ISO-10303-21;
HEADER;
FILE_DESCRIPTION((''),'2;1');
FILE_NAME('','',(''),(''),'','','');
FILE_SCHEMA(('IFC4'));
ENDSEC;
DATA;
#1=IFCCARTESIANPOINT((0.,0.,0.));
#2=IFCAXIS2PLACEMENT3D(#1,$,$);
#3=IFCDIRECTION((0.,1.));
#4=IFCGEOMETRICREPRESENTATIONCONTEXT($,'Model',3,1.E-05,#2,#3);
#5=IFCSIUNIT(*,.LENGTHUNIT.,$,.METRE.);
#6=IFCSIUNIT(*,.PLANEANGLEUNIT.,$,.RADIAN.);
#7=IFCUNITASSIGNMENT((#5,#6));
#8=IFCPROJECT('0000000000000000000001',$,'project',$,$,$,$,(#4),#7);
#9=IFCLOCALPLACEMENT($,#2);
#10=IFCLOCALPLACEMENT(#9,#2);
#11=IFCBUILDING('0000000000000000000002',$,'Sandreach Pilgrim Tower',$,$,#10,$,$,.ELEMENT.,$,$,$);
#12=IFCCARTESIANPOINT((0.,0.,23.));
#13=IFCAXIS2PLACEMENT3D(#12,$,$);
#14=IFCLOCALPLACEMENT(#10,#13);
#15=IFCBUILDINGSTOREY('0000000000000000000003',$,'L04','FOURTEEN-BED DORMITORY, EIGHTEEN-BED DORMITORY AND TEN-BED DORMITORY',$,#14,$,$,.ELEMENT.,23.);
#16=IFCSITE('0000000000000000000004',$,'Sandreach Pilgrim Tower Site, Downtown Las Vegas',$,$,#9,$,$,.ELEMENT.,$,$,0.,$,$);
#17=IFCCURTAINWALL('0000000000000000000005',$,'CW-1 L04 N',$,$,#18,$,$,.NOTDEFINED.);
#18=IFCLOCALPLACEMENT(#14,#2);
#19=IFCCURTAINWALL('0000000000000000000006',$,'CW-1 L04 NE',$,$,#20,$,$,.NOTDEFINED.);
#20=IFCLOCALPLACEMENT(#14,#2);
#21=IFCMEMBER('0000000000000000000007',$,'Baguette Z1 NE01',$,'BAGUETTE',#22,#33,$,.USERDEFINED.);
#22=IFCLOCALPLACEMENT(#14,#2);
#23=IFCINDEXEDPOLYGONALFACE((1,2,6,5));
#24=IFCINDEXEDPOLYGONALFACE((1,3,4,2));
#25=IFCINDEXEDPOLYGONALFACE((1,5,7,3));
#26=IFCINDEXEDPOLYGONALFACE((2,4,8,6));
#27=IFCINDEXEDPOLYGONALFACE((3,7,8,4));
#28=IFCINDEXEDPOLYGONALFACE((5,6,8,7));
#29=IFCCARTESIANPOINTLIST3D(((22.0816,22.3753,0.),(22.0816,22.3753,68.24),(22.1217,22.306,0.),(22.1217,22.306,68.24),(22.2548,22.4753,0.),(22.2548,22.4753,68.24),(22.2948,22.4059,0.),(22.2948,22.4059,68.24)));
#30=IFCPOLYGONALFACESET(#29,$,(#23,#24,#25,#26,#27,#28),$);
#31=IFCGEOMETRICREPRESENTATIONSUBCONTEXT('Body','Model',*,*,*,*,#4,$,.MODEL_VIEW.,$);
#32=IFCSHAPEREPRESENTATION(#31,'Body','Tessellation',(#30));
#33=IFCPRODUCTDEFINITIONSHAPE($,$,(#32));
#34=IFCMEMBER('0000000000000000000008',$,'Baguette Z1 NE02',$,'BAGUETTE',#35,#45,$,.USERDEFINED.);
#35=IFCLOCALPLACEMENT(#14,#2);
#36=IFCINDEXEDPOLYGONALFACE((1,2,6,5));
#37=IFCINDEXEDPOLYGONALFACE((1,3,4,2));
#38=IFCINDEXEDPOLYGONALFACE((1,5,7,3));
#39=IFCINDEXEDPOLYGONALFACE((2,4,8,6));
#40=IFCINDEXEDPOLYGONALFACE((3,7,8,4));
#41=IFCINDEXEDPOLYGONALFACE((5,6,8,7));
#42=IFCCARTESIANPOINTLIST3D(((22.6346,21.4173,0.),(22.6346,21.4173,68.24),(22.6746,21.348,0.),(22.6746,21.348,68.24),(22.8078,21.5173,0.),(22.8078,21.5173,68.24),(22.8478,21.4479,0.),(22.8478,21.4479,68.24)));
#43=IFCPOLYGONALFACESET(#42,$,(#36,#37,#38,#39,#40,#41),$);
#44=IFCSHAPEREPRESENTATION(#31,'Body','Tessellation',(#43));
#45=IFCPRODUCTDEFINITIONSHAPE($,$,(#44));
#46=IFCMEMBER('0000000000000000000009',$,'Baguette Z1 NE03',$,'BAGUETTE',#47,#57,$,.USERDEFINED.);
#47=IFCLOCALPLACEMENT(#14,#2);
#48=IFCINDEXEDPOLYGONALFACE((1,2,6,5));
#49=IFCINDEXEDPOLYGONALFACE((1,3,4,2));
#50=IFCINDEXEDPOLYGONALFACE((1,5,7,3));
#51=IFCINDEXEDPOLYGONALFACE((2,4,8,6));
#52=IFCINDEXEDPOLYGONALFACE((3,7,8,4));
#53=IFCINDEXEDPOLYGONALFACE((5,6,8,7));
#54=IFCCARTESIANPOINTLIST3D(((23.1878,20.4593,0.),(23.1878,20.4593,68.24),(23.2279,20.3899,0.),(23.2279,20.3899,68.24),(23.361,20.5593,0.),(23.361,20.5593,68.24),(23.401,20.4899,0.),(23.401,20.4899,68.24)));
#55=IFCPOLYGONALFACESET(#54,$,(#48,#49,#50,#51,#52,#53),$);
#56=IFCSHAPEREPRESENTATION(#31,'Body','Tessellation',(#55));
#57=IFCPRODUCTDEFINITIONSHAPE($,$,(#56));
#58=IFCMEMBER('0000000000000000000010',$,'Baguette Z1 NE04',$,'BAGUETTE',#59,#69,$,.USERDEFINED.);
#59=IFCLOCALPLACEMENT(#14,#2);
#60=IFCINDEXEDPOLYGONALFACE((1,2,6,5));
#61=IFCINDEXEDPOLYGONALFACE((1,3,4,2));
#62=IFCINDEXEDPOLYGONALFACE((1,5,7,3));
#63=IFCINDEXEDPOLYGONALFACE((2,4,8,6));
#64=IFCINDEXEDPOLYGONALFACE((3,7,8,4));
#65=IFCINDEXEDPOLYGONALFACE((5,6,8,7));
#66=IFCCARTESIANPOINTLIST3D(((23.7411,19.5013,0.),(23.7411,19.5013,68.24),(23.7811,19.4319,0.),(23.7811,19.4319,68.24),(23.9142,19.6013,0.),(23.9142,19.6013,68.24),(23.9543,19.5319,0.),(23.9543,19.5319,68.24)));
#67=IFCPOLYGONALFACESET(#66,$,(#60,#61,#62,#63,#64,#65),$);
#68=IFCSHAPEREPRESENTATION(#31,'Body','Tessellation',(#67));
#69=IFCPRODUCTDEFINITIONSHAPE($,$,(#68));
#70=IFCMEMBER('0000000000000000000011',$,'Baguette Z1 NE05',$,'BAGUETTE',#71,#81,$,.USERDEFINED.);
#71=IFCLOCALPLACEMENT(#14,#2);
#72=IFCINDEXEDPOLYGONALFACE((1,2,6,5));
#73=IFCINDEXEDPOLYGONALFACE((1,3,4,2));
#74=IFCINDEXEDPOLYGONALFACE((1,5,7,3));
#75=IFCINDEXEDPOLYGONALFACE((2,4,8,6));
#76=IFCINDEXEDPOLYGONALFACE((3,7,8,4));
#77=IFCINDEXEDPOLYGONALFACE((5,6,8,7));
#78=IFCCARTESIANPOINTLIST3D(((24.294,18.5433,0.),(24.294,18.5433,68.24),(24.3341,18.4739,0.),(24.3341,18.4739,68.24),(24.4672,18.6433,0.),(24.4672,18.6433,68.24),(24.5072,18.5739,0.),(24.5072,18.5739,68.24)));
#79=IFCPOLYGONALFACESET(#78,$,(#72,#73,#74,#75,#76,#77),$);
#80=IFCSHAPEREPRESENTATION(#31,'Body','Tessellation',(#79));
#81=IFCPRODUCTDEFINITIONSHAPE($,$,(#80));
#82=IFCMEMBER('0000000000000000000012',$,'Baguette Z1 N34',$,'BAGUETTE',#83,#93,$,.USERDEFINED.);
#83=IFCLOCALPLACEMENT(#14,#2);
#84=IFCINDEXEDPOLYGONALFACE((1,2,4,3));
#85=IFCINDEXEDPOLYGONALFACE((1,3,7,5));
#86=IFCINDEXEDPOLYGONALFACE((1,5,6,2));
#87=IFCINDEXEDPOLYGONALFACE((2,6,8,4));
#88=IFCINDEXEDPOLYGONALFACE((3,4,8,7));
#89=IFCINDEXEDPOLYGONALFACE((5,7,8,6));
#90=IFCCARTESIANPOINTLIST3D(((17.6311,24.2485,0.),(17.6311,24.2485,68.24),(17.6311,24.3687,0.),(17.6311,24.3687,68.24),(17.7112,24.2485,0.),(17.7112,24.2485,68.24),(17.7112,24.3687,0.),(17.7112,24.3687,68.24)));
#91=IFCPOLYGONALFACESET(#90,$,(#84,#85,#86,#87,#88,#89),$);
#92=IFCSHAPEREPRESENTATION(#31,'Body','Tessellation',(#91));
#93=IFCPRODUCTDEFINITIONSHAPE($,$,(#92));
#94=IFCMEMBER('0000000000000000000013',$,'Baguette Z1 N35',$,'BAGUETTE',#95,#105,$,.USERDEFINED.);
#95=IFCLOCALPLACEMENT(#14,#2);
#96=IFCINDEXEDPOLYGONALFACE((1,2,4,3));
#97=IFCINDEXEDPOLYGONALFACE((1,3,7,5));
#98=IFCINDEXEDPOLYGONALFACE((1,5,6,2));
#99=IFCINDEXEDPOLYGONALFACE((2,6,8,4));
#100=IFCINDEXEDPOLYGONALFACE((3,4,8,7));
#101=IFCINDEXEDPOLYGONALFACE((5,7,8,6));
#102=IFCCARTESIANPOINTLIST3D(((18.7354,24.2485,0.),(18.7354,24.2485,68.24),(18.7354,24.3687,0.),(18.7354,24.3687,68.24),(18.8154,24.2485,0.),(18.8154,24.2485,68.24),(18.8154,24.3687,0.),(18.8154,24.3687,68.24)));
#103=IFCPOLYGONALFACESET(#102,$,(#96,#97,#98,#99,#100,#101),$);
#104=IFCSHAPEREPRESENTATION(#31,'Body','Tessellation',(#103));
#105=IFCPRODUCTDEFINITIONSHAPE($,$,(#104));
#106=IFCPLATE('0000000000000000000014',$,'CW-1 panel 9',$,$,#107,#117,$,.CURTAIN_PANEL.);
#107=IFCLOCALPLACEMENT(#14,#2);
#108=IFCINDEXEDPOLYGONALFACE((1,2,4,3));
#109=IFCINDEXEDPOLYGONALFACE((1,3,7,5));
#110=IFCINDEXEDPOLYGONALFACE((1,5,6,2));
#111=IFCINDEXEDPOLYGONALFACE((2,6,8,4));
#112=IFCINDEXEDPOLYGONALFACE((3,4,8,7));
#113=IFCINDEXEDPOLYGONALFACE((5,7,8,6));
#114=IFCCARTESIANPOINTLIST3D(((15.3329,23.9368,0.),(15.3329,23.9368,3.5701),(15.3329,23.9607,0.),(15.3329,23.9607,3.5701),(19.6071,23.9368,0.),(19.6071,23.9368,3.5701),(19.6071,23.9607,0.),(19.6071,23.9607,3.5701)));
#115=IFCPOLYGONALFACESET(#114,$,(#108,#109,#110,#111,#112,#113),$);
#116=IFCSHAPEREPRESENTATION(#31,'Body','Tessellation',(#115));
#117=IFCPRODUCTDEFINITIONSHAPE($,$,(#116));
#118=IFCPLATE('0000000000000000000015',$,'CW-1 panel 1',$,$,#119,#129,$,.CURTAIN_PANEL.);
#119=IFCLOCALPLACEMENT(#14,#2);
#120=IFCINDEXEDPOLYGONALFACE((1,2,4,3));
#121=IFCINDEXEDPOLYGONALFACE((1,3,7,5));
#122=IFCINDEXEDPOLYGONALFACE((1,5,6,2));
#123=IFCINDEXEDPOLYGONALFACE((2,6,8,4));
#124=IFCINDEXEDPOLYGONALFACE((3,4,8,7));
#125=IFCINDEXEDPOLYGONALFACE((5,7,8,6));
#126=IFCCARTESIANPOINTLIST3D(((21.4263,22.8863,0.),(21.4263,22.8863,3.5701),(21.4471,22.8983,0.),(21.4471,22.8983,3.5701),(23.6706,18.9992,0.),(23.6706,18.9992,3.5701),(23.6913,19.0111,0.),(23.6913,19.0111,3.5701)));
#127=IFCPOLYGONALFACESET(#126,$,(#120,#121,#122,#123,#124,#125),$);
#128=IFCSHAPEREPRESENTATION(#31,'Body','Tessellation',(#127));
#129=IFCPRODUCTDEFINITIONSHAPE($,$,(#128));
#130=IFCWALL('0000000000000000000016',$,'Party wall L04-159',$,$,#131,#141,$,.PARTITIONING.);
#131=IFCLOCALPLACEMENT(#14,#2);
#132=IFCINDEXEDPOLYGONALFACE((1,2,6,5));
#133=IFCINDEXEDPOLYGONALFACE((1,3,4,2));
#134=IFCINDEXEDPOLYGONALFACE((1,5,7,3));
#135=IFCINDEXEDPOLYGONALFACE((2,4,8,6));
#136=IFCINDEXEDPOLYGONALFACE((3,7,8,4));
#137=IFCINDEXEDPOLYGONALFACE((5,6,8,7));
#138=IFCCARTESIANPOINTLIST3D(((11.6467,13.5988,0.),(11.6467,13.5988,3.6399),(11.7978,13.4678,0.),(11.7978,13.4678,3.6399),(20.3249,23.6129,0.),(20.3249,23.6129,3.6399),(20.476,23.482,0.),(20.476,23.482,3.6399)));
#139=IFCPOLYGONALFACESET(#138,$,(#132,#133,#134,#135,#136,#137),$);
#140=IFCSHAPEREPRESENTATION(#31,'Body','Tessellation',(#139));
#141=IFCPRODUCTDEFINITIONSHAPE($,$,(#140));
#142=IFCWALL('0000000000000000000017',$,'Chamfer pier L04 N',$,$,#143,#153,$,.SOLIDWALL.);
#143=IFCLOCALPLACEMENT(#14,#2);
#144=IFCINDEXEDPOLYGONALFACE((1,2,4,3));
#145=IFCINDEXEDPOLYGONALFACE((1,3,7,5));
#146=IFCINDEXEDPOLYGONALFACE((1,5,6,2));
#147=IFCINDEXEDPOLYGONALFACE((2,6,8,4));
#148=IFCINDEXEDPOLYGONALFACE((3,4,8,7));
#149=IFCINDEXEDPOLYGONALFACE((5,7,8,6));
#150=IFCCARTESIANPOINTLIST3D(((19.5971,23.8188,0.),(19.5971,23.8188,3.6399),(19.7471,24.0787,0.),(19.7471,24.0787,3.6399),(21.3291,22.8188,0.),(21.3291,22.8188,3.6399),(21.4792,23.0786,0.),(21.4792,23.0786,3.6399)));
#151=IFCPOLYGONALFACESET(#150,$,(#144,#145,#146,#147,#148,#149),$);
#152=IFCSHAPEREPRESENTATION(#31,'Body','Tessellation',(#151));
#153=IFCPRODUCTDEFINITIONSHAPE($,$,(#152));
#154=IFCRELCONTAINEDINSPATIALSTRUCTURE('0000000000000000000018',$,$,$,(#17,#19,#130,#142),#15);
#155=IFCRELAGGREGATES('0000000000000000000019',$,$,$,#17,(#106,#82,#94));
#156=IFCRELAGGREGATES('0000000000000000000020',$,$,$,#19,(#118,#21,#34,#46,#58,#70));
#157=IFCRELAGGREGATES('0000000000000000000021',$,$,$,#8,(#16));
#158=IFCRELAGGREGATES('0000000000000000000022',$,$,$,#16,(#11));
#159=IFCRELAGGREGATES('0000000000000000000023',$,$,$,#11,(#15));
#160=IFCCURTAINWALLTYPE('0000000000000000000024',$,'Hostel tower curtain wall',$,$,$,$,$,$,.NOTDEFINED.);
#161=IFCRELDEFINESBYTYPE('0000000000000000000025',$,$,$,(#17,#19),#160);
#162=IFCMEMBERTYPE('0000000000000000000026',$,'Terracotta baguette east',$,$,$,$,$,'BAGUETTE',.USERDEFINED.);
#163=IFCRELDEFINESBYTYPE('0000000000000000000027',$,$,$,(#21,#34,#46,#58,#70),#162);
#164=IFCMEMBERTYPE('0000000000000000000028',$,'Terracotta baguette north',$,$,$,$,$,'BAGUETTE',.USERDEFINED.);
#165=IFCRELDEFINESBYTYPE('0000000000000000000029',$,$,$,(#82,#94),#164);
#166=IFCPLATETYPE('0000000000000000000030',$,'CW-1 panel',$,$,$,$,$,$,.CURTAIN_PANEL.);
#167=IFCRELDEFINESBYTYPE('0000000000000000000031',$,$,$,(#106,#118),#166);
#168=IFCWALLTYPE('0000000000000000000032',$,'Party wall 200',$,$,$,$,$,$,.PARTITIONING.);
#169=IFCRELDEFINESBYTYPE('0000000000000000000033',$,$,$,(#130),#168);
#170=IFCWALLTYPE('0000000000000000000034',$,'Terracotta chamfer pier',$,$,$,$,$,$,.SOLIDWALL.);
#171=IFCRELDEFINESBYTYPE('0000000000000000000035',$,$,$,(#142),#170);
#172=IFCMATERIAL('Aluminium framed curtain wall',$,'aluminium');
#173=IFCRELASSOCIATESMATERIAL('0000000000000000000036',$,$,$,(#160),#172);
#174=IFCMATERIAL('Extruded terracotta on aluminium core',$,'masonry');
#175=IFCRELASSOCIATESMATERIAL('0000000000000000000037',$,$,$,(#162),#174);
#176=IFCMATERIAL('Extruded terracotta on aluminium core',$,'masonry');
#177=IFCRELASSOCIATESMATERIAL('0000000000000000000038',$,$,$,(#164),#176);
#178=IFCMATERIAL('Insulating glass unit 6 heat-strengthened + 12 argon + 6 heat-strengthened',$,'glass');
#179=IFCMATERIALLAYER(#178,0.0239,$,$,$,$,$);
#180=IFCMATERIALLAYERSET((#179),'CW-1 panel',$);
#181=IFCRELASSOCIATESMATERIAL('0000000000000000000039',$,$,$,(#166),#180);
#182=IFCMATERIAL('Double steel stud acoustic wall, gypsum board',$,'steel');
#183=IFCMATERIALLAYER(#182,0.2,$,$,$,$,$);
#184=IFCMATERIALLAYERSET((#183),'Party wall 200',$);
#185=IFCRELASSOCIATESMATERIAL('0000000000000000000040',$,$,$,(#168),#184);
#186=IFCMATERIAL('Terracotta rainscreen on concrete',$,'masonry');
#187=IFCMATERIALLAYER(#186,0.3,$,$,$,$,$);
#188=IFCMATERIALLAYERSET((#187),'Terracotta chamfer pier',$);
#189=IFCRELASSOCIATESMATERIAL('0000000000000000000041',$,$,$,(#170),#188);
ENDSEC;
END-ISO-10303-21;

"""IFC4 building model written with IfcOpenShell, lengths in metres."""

from ifc_helpers import new_model, si_unit, direction, frame, frame_2d, origin, origin_2d, place, context, subcontext, project, spatial, rectangle, extrude, material, layer, layer_set, material_profile, profile_set, type_object, element, aggregate, save


model = new_model("IFC4")

# Units and contexts
model_context = context("Model", 3, precision=1e-05, world=origin(), true_north=direction((0.0, 1.0)))
body_context = subcontext(model_context, "Body", "Model", "MODEL_VIEW")
ifc_project = project(units=[si_unit("LENGTHUNIT", "METRE"), si_unit("PLANEANGLEUNIT", "RADIAN")], contexts=[model_context])

# Site, building, storey
site_placement = place(None, origin())
site = spatial("IfcSite", under=ifc_project, at=site_placement, Name="Sandreach Pilgrim Tower Site, Downtown Las Vegas", CompositionType="ELEMENT", RefElevation=0.0)
building_placement = place(site_placement, origin())
building = spatial("IfcBuilding", under=site, at=building_placement, Name="Sandreach Pilgrim Tower", CompositionType="ELEMENT")
storey_placement = place(building_placement, frame((0.0, 0.0, 23.0)))
storey = spatial("IfcBuildingStorey", under=building, at=storey_placement, Name="L04", Description="FOURTEEN-BED DORMITORY, EIGHTEEN-BED DORMITORY AND TEN-BED DORMITORY", CompositionType="ELEMENT", Elevation=23.0)

# Curtain wall
ifc_material_1 = material(Name="Aluminium framed curtain wall", Category="aluminium")
curtain_wall_type = type_object("IfcCurtainWallType", Name="Hostel tower curtain wall", PredefinedType="NOTDEFINED", material=ifc_material_1)
curtain_wall_1_placement = place(storey_placement, origin())
curtain_wall_1 = element("IfcCurtainWall", 1, at=curtain_wall_1_placement, inside=storey, type_object=curtain_wall_type, Name="CW-1 L04 N", PredefinedType="NOTDEFINED")

# Curtain wall
curtain_wall_2_placement = place(storey_placement, origin())
curtain_wall_2 = element("IfcCurtainWall", 2, at=curtain_wall_2_placement, inside=storey, type_object=curtain_wall_type, Name="CW-1 L04 NE", PredefinedType="NOTDEFINED")

# Members
ifc_material_2 = material(Name="Extruded terracotta on aluminium core", Category="masonry")
ifc_material_profile_1 = material_profile(ifc_material_2, rectangle(XDim=0.0801, YDim=0.2, at=origin_2d()), Name="TBE 80X200")
ifc_profile_set_1 = profile_set([ifc_material_profile_1], Name="Extruded terracotta on aluminium core")
member_type_1 = type_object("IfcMemberType", Name="Terracotta baguette east", ElementType="BAGUETTE", PredefinedType="USERDEFINED", material=ifc_profile_set_1)
member_1_placement = place(storey_placement, frame((22.1882, 22.3906, 0.0), z_axis=(0.0, 0.0, 1.0), x_axis=(0.5, -0.866025, 0.0)))
member_1 = element("IfcMember", 3, at=member_1_placement, type_object=member_type_1, Name="Baguette Z1 NE01", ObjectType="BAGUETTE", PredefinedType="USERDEFINED", context=body_context, shape_type="SweptSolid", body=[
    extrude(rectangle(XDim=0.0801, YDim=0.2, at=origin_2d()), origin(), (0.0, 0.0, 1.0), 68.24),
])
member_2_placement = place(storey_placement, frame((22.7412, 21.4326, 0.0), z_axis=(0.0, 0.0, 1.0), x_axis=(0.5, -0.866025, 0.0)))
member_2 = element("IfcMember", 4, at=member_2_placement, type_object=member_type_1, Name="Baguette Z1 NE02", ObjectType="BAGUETTE", PredefinedType="USERDEFINED", context=body_context, shape_type="SweptSolid", body=[
    extrude(rectangle(XDim=0.0801, YDim=0.2, at=origin_2d()), origin(), (0.0, 0.0, 1.0), 68.24),
])
member_3_placement = place(storey_placement, frame((23.2944, 20.4746, 0.0), z_axis=(0.0, 0.0, 1.0), x_axis=(0.5, -0.866025, 0.0)))
member_3 = element("IfcMember", 5, at=member_3_placement, type_object=member_type_1, Name="Baguette Z1 NE03", ObjectType="BAGUETTE", PredefinedType="USERDEFINED", context=body_context, shape_type="SweptSolid", body=[
    extrude(rectangle(XDim=0.0801, YDim=0.2, at=origin_2d()), origin(), (0.0, 0.0, 1.0), 68.24),
])
member_4_placement = place(storey_placement, frame((23.8477, 19.5166, 0.0), z_axis=(0.0, 0.0, 1.0), x_axis=(0.5, -0.866025, 0.0)))
member_4 = element("IfcMember", 6, at=member_4_placement, type_object=member_type_1, Name="Baguette Z1 NE04", ObjectType="BAGUETTE", PredefinedType="USERDEFINED", context=body_context, shape_type="SweptSolid", body=[
    extrude(rectangle(XDim=0.0801, YDim=0.2, at=origin_2d()), origin(), (0.0, 0.0, 1.0), 68.24),
])
member_5_placement = place(storey_placement, frame((24.4006, 18.5586, 0.0), z_axis=(0.0, 0.0, 1.0), x_axis=(0.5, -0.866025, 0.0)))
member_5 = element("IfcMember", 7, at=member_5_placement, type_object=member_type_1, Name="Baguette Z1 NE05", ObjectType="BAGUETTE", PredefinedType="USERDEFINED", context=body_context, shape_type="SweptSolid", body=[
    extrude(rectangle(XDim=0.0801, YDim=0.2, at=origin_2d()), origin(), (0.0, 0.0, 1.0), 68.24),
])
ifc_material_3 = material(Name="Extruded terracotta on aluminium core", Category="masonry")
ifc_material_profile_2 = material_profile(ifc_material_3, rectangle(XDim=0.0801, YDim=0.1201, at=origin_2d()), Name="TBN 80X120")
ifc_profile_set_2 = profile_set([ifc_material_profile_2], Name="Extruded terracotta on aluminium core")
member_type_2 = type_object("IfcMemberType", Name="Terracotta baguette north", ElementType="BAGUETTE", PredefinedType="USERDEFINED", material=ifc_profile_set_2)
member_6_placement = place(storey_placement, frame((17.6711, 24.3086, 0.0), z_axis=(0.0, 0.0, 1.0), x_axis=(1.0, 0.0, 0.0)))
member_6 = element("IfcMember", 8, at=member_6_placement, type_object=member_type_2, Name="Baguette Z1 N34", ObjectType="BAGUETTE", PredefinedType="USERDEFINED", context=body_context, shape_type="SweptSolid", body=[
    extrude(rectangle(XDim=0.0801, YDim=0.1201, at=origin_2d()), origin(), (0.0, 0.0, 1.0), 68.24),
])
member_7_placement = place(storey_placement, frame((18.7754, 24.3086, 0.0), z_axis=(0.0, 0.0, 1.0), x_axis=(1.0, 0.0, 0.0)))
member_7 = element("IfcMember", 9, at=member_7_placement, type_object=member_type_2, Name="Baguette Z1 N35", ObjectType="BAGUETTE", PredefinedType="USERDEFINED", context=body_context, shape_type="SweptSolid", body=[
    extrude(rectangle(XDim=0.0801, YDim=0.1201, at=origin_2d()), origin(), (0.0, 0.0, 1.0), 68.24),
])

# Plates
ifc_material_4 = material(Name="Insulating glass unit 6 heat-strengthened + 12 argon + 6 heat-strengthened", Category="glass")
ifc_layer_1 = layer(ifc_material_4, 0.0239)
ifc_layer_set_1 = layer_set([ifc_layer_1], Name="CW-1 panel")
plate_type = type_object("IfcPlateType", Name="CW-1 panel", PredefinedType="CURTAIN_PANEL", material=ifc_layer_set_1)
plate_1_placement = place(storey_placement, frame((17.47, 23.9487, 0.0), z_axis=(0.0, 0.0, 1.0), x_axis=(1.0, 0.0, 0.0)))
plate_1 = element("IfcPlate", 10, at=plate_1_placement, type_object=plate_type, Name="CW-1 panel 9", PredefinedType="CURTAIN_PANEL", context=body_context, shape_type="SweptSolid", body=[
    extrude(rectangle(XDim=4.2742, YDim=0.0239, at=origin_2d()), origin(), (0.0, 0.0, 1.0), 3.5701),
])
aggregate(curtain_wall_1, [plate_1, member_6, member_7])
plate_2_placement = place(storey_placement, frame((22.5588, 20.9487, 0.0), z_axis=(0.0, 0.0, 1.0), x_axis=(0.5, -0.866025, 0.0)))
plate_2 = element("IfcPlate", 11, at=plate_2_placement, type_object=plate_type, Name="CW-1 panel 1", PredefinedType="CURTAIN_PANEL", context=body_context, shape_type="SweptSolid", body=[
    extrude(rectangle(XDim=4.4885, YDim=0.0239, at=origin_2d()), origin(), (0.0, 0.0, 1.0), 3.5701),
])
aggregate(curtain_wall_2, [plate_2, member_1, member_2, member_3, member_4, member_5])

# Walls
ifc_material_5 = material(Name="Double steel stud acoustic wall, gypsum board", Category="steel")
ifc_layer_2 = layer(ifc_material_5, 0.2)
ifc_layer_set_2 = layer_set([ifc_layer_2], Name="Party wall 200")
wall_type_1 = type_object("IfcWallType", Name="Party wall 200", PredefinedType="PARTITIONING", material=ifc_layer_set_2)
wall_1_placement = place(storey_placement, frame((20.4004, 23.5474, 0.0), z_axis=(0.0, 0.0, 1.0), x_axis=(-0.6549, -0.755716, 0.0)))
element("IfcWall", 12, at=wall_1_placement, inside=storey, type_object=wall_type_1, Name="Party wall L04-159", PredefinedType="PARTITIONING", context=body_context, shape_type="SweptSolid", body=[
    extrude(rectangle(XDim=13.2512, YDim=0.2, at=frame_2d((6.6255, 0.0))), origin(), (0.0, 0.0, 1.0), 3.6399),
])
ifc_material_6 = material(Name="Terracotta rainscreen on concrete", Category="masonry")
ifc_layer_3 = layer(ifc_material_6, 0.3)
ifc_layer_set_3 = layer_set([ifc_layer_3], Name="Terracotta chamfer pier")
wall_type_2 = type_object("IfcWallType", Name="Terracotta chamfer pier", PredefinedType="SOLIDWALL", material=ifc_layer_set_3)
wall_2_placement = place(storey_placement, frame((19.6721, 23.9487, 0.0), z_axis=(0.0, 0.0, 1.0), x_axis=(0.866011, -0.500025, 0.0)))
element("IfcWall", 13, at=wall_2_placement, inside=storey, type_object=wall_type_2, Name="Chamfer pier L04 N", PredefinedType="SOLIDWALL", context=body_context, shape_type="SweptSolid", body=[
    extrude(rectangle(XDim=2.0, YDim=0.3, at=frame_2d((1.0, 0.0))), origin(), (0.0, 0.0, 1.0), 3.6399),
])

save(model, "model.ifc")
